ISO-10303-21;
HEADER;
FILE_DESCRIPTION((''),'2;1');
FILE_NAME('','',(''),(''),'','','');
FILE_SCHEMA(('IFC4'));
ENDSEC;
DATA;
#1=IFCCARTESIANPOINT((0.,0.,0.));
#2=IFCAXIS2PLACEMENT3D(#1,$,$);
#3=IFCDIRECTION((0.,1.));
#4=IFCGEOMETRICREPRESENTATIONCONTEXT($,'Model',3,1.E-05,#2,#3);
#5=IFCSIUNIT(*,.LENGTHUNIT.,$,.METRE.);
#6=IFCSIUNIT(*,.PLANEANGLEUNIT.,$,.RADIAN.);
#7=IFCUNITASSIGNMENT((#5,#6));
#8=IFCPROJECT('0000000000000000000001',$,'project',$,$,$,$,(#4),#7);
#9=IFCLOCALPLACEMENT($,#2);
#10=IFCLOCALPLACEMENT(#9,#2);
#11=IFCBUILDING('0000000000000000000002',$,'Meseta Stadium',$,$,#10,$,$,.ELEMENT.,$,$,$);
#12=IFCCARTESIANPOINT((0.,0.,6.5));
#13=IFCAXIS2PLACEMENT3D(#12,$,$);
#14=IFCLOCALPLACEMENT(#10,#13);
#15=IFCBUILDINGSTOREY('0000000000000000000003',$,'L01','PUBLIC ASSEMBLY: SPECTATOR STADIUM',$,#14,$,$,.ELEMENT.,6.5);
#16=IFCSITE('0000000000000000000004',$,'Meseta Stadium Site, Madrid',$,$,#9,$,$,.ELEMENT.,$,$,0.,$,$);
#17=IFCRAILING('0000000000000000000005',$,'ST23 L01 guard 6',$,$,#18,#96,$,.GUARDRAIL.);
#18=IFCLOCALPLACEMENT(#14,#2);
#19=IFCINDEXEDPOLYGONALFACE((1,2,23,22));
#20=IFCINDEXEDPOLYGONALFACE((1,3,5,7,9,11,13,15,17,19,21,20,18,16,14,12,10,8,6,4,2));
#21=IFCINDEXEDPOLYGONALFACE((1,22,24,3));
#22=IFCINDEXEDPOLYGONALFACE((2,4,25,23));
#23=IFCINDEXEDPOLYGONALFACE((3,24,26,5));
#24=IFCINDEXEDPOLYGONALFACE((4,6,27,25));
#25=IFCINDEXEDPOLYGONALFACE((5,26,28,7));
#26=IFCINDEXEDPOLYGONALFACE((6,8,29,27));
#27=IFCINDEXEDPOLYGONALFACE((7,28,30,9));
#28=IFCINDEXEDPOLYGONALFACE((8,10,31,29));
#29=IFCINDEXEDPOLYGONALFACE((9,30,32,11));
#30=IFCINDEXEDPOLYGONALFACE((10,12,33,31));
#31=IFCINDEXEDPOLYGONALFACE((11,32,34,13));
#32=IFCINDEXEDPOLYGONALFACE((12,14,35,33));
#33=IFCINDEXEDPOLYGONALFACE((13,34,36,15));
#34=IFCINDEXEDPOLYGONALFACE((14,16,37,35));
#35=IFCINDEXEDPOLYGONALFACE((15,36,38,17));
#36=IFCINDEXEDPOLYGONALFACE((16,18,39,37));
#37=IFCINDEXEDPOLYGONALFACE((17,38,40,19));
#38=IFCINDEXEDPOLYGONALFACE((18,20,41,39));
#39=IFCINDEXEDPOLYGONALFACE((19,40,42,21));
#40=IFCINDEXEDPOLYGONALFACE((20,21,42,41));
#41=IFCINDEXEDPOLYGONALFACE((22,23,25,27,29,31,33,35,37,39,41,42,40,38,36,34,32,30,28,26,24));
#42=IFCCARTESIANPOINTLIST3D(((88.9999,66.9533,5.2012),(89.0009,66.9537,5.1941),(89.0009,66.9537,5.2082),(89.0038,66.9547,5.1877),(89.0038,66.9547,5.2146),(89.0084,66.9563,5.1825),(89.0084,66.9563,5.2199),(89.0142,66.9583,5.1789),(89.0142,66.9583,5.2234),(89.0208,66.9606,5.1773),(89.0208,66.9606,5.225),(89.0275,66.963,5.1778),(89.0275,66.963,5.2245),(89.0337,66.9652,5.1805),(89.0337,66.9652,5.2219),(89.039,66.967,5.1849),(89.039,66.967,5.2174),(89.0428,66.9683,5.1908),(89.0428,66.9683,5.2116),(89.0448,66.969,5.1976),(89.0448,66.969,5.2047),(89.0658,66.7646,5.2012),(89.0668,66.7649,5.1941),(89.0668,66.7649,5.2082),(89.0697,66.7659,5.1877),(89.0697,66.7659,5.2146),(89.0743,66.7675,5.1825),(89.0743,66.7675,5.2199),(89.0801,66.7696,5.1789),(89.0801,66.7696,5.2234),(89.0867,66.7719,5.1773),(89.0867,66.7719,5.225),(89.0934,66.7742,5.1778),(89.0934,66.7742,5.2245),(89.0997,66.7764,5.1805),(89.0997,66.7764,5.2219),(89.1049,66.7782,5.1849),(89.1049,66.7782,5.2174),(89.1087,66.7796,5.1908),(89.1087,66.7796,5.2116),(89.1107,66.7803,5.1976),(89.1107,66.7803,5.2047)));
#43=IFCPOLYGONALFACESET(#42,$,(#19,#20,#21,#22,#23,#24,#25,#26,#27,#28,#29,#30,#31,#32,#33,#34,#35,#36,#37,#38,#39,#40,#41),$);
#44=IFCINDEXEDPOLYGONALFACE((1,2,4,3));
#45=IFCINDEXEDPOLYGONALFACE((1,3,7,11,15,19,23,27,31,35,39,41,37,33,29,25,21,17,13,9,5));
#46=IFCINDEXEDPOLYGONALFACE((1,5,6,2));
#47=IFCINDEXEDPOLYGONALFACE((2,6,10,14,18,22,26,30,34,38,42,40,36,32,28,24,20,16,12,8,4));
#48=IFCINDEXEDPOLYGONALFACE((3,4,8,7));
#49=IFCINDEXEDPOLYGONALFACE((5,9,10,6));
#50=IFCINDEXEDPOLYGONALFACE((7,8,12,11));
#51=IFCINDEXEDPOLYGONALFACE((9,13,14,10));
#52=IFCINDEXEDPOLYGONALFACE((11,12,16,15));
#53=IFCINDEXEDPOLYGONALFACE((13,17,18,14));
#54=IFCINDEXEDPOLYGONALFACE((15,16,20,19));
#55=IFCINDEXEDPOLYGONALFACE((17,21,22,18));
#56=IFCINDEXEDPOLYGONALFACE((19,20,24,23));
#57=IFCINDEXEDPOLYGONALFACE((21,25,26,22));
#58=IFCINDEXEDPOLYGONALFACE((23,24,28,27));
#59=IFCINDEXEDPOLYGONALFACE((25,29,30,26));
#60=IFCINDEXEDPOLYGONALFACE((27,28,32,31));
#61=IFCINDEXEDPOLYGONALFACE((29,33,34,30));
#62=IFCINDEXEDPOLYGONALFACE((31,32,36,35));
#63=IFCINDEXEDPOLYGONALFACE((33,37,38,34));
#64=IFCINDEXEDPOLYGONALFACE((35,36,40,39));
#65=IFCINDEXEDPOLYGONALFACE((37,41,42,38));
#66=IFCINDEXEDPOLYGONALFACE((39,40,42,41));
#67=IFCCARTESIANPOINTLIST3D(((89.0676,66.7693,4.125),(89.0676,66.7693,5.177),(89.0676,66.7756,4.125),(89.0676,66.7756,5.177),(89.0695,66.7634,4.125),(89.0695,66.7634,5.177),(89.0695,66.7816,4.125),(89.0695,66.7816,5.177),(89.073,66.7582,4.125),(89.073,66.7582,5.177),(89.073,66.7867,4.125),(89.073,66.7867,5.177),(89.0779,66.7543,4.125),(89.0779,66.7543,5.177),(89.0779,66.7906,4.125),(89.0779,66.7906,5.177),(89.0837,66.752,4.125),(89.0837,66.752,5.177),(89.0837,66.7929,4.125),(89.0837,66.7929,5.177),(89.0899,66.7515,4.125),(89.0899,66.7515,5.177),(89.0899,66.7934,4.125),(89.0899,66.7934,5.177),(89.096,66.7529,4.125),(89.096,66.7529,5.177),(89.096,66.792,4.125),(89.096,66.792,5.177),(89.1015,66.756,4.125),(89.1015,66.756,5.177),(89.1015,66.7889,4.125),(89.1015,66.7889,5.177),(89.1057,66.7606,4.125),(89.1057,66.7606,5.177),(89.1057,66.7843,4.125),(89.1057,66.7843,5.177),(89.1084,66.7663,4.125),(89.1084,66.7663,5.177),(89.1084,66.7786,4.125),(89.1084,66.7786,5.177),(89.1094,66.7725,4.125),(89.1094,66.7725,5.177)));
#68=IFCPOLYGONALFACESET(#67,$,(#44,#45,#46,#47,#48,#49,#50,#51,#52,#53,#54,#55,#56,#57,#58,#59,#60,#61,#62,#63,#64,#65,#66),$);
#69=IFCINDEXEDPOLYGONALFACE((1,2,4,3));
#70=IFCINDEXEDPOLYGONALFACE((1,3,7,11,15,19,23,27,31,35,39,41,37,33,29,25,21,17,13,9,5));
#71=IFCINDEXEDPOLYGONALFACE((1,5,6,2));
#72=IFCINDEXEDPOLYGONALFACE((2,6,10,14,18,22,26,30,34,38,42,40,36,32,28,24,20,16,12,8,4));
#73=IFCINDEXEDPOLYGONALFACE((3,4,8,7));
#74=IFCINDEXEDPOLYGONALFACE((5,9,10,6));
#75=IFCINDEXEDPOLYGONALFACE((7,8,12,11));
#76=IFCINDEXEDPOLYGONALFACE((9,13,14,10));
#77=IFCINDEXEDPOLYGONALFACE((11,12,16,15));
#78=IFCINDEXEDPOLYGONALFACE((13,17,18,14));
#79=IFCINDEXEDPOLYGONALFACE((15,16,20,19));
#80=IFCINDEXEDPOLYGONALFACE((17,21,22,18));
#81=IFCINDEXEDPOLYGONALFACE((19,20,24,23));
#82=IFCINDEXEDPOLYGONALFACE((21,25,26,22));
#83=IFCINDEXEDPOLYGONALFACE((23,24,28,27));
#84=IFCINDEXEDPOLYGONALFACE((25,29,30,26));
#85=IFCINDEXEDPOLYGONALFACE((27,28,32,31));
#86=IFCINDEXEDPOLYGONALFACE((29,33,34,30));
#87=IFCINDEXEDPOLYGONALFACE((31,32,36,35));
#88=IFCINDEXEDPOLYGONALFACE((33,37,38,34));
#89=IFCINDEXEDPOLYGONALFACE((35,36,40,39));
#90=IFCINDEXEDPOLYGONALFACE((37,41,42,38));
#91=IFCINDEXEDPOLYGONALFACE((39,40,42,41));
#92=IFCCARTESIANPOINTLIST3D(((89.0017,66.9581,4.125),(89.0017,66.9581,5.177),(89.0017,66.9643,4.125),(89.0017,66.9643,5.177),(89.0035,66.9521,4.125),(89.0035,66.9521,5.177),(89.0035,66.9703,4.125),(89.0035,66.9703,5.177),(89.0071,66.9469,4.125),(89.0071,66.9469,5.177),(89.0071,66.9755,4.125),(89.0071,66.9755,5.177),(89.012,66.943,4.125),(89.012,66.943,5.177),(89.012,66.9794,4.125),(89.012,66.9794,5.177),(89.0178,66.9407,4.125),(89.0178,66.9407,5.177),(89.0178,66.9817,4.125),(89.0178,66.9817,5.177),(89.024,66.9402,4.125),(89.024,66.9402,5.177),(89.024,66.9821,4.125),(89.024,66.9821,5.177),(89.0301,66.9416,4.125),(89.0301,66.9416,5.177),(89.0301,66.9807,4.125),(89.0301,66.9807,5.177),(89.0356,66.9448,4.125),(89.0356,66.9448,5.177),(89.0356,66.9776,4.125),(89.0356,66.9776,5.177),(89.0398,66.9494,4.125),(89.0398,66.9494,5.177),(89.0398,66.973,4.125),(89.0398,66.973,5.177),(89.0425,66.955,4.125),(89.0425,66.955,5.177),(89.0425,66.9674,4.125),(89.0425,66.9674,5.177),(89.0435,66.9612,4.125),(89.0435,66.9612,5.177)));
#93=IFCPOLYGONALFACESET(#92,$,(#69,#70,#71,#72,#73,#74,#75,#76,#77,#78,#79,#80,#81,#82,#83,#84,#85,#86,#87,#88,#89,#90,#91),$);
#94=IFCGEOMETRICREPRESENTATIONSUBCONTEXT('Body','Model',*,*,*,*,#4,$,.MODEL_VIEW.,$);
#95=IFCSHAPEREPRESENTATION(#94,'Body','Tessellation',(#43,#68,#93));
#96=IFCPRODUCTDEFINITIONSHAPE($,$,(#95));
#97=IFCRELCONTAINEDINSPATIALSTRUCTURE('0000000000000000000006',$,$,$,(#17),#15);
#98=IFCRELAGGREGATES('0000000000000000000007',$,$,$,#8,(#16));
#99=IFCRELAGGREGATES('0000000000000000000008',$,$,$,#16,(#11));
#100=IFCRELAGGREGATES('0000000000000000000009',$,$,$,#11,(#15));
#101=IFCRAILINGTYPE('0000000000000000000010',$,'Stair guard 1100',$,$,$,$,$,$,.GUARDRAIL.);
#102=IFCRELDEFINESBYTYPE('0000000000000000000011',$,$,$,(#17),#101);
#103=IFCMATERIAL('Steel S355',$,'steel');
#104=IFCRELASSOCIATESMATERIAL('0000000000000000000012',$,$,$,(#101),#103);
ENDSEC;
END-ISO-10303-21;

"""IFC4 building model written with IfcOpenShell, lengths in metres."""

from ifc_helpers import new_model, si_unit, direction, frame, origin, origin_2d, place, context, subcontext, project, spatial, circle, extrude, material, type_object, element, save


model = new_model("IFC4")

# Units and contexts
model_context = context("Model", 3, precision=1e-05, world=origin(), true_north=direction((0.0, 1.0)))
body_context = subcontext(model_context, "Body", "Model", "MODEL_VIEW")
ifc_project = project(units=[si_unit("LENGTHUNIT", "METRE"), si_unit("PLANEANGLEUNIT", "RADIAN")], contexts=[model_context])

# Site, building, storey
site_placement = place(None, origin())
site = spatial("IfcSite", under=ifc_project, at=site_placement, Name="Meseta Stadium Site, Madrid", CompositionType="ELEMENT", RefElevation=0.0)
building_placement = place(site_placement, origin())
building = spatial("IfcBuilding", under=site, at=building_placement, Name="Meseta Stadium", CompositionType="ELEMENT")
storey_placement = place(building_placement, frame((0.0, 0.0, 6.5)))
storey = spatial("IfcBuildingStorey", under=building, at=storey_placement, Name="L01", Description="PUBLIC ASSEMBLY: SPECTATOR STADIUM", CompositionType="ELEMENT", Elevation=6.5)

# Railing
ifc_material_1 = material(Name="Steel S355", Category="steel")
railing_type_1 = type_object("IfcRailingType", Name="Stair guard 1100", PredefinedType="GUARDRAIL", material=ifc_material_1)
railing_1_placement = place(storey_placement, frame((89.0884, 66.7725, 4.125)))
element("IfcRailing", 1, at=railing_1_placement, inside=storey, type_object=railing_type_1, Name="ST23 L01 guard 6", PredefinedType="GUARDRAIL", context=body_context, shape_type="SweptSolid", body=[
    extrude(circle(Radius=0.0239, at=origin_2d()), frame((0.0, 0.0, 1.0762), z_axis=(-0.329752, 0.944068, 0.0), x_axis=(-0.944068, -0.329752, 0.0)), (0.0, 0.0, 1.0), 0.2),
    extrude(circle(Radius=0.021, at=origin_2d()), origin(), (0.0, 0.0, 1.0), 1.052),
    extrude(circle(Radius=0.021, at=origin_2d()), frame((-0.0659, 0.1887, 0.0)), (0.0, 0.0, 1.0), 1.052),
])

save(model, "model.ifc")
